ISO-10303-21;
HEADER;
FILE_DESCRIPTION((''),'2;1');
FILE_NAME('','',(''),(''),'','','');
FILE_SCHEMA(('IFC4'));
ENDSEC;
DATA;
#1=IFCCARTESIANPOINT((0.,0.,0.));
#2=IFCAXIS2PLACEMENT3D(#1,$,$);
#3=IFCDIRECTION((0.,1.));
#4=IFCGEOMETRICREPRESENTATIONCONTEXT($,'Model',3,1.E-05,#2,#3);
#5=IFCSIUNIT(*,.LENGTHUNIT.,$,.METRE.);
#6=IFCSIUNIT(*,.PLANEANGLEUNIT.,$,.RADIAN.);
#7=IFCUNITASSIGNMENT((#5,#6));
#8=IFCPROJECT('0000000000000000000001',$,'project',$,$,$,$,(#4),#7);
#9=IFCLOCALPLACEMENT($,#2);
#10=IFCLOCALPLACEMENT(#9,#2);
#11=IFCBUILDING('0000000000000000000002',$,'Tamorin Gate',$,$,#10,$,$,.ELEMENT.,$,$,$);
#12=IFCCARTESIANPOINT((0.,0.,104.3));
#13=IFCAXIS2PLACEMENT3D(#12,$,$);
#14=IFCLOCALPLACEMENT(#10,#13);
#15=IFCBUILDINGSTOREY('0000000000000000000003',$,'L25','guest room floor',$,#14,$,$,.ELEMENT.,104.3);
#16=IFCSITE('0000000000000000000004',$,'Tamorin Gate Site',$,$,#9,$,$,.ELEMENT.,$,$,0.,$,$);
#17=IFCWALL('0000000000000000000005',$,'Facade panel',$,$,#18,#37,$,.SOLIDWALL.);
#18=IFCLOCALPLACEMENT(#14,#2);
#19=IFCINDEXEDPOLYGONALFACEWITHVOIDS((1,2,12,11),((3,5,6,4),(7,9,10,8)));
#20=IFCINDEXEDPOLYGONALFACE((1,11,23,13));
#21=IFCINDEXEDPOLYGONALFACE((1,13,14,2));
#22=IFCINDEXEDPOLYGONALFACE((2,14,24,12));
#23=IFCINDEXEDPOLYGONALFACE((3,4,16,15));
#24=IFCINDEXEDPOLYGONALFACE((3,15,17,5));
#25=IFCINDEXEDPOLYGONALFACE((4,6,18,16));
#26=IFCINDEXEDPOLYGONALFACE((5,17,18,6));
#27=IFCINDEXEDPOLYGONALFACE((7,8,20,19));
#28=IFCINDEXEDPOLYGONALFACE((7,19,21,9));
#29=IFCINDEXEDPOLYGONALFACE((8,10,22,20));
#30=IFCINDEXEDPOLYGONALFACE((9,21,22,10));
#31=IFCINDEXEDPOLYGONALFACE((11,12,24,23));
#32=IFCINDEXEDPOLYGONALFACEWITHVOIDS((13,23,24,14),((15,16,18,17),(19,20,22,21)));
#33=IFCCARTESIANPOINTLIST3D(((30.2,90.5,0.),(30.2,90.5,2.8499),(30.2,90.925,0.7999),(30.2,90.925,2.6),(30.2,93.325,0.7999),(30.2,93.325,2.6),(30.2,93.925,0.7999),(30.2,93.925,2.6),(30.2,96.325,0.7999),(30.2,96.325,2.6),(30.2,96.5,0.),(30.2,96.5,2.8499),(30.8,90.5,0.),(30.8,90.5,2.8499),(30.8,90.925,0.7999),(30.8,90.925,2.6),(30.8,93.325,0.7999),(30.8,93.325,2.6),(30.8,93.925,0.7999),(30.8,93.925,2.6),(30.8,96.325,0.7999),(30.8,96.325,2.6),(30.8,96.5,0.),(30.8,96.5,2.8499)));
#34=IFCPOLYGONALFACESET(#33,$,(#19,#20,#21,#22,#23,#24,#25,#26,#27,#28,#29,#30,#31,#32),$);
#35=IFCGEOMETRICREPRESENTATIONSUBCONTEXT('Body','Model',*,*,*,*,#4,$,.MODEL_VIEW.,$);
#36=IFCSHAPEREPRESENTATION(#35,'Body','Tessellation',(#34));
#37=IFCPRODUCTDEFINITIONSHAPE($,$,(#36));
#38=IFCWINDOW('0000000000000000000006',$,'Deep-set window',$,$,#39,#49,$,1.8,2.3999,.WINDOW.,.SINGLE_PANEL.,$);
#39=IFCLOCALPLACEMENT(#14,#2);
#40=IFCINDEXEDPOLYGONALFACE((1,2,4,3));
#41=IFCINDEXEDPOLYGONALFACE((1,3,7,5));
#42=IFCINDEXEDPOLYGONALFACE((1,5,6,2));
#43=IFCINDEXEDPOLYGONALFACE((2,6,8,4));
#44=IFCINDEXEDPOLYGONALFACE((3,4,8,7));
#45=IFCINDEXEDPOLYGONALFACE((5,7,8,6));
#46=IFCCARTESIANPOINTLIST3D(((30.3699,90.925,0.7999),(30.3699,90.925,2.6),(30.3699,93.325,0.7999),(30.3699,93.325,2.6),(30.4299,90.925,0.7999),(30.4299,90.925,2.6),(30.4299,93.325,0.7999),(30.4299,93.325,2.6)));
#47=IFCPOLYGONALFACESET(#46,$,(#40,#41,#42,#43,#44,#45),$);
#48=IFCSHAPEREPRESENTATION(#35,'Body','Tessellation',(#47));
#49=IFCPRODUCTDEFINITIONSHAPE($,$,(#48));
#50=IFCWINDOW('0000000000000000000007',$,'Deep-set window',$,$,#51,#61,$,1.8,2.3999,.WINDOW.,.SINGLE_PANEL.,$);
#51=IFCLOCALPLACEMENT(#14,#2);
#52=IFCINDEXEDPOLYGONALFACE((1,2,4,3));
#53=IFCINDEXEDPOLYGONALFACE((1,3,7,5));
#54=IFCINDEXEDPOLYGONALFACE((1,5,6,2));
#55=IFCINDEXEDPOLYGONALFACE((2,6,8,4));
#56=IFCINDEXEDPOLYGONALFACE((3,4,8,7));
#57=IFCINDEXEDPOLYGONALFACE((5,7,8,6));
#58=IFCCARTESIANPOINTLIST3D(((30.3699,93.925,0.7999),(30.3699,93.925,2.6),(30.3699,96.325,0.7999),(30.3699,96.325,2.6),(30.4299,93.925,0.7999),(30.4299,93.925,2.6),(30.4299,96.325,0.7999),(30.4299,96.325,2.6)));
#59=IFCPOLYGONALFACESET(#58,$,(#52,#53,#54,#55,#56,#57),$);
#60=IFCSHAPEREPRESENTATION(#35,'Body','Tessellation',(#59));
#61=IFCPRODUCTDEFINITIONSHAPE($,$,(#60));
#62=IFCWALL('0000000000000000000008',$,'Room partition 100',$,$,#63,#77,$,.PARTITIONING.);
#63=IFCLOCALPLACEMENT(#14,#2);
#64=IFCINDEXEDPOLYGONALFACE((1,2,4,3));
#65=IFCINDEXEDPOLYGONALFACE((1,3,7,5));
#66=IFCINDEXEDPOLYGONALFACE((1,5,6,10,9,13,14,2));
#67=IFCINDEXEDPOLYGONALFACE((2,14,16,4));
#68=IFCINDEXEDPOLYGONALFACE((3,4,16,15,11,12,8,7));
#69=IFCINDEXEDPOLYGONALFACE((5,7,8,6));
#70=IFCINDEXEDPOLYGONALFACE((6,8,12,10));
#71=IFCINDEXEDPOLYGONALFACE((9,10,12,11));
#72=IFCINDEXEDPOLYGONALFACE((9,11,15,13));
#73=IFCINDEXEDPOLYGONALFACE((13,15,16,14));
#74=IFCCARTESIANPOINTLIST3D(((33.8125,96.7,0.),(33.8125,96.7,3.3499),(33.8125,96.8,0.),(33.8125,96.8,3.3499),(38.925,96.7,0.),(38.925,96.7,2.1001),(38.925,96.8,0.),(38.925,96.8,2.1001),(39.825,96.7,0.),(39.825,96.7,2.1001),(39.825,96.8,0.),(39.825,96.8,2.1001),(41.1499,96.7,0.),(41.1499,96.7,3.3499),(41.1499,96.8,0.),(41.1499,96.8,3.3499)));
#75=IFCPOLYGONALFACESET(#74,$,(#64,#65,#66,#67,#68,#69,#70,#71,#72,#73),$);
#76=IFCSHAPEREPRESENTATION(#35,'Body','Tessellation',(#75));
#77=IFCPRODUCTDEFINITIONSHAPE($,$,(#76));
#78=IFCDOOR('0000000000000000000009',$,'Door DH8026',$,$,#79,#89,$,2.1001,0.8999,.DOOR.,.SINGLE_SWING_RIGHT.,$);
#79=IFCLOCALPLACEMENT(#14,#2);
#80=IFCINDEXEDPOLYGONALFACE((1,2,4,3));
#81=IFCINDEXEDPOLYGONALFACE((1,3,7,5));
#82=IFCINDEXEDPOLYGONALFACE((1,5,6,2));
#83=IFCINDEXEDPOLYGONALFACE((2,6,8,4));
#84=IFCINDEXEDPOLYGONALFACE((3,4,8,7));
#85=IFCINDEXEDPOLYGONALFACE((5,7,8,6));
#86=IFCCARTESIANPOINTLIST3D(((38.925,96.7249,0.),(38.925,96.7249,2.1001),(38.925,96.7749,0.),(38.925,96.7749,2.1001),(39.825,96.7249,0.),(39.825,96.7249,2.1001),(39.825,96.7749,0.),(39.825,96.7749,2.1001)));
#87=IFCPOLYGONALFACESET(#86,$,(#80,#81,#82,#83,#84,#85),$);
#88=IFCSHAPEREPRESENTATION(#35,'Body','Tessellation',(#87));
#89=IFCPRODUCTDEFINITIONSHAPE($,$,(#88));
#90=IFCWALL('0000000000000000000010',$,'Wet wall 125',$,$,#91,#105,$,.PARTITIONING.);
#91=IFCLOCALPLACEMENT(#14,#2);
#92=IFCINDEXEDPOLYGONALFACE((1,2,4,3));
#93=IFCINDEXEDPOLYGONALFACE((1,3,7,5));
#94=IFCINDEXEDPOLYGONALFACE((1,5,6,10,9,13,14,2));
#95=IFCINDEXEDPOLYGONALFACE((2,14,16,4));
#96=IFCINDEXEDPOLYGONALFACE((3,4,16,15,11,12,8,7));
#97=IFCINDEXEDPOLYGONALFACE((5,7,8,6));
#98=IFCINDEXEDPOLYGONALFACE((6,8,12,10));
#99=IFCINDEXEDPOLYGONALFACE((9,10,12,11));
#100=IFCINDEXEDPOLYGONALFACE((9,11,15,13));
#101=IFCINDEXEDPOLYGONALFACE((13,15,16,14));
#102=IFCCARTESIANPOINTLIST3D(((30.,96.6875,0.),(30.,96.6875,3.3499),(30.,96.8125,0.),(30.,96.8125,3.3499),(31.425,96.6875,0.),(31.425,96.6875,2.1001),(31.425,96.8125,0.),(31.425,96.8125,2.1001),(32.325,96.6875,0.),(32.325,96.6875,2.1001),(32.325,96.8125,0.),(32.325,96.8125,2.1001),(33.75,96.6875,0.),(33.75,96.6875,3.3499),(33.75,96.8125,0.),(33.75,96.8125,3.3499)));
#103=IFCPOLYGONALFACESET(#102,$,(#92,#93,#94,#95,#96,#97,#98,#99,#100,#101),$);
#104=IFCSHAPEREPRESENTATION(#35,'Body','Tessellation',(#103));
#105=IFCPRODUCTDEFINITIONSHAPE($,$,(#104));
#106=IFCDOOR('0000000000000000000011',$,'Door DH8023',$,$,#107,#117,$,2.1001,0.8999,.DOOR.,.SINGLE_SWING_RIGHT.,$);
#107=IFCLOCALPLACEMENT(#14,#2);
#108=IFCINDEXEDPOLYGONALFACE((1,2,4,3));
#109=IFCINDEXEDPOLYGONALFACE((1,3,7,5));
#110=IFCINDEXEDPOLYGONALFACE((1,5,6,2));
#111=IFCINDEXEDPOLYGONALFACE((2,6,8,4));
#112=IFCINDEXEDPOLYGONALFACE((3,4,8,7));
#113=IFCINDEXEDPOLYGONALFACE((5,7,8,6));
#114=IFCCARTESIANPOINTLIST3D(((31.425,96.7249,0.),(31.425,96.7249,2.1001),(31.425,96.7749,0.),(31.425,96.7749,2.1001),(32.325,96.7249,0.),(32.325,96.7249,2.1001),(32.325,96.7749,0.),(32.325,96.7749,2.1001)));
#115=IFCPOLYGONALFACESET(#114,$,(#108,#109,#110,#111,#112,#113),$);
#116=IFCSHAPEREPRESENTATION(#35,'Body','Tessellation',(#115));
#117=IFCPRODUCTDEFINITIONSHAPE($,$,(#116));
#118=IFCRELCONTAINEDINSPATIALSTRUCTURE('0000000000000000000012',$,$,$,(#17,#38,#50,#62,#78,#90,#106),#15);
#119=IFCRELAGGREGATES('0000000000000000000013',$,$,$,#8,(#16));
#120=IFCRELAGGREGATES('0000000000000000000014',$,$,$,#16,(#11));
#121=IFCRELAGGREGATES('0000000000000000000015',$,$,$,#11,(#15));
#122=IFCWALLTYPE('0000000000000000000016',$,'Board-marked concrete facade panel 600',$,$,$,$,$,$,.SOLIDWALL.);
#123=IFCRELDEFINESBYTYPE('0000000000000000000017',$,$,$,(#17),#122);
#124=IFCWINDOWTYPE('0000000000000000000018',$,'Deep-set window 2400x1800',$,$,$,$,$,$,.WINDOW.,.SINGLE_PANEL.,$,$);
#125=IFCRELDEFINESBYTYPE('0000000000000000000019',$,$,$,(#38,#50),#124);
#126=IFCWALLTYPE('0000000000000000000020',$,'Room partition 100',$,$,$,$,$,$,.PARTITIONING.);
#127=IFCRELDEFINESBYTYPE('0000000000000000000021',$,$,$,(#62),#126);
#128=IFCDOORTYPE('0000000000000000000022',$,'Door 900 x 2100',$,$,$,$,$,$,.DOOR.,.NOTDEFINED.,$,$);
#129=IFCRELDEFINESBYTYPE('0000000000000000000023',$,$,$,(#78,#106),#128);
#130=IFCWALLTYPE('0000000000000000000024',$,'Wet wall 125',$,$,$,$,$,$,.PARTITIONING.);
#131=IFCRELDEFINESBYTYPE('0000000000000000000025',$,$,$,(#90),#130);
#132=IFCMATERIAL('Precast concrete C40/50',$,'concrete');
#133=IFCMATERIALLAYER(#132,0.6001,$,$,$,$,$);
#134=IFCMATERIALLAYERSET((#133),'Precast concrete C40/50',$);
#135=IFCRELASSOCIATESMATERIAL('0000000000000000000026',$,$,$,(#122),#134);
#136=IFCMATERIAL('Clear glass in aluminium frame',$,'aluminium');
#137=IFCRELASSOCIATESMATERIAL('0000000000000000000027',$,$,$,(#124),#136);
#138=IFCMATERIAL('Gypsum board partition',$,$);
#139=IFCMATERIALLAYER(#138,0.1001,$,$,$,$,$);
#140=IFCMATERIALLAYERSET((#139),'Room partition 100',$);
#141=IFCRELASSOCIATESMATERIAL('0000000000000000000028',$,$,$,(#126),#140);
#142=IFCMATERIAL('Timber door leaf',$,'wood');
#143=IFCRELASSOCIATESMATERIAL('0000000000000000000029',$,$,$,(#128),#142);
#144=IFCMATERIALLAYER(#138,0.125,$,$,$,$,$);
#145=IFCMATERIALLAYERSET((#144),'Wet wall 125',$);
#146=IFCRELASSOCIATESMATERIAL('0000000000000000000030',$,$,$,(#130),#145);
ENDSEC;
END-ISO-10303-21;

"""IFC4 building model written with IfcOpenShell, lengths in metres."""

from ifc_helpers import new_model, si_unit, direction, frame, frame_2d, origin, place, context, subcontext, project, spatial, rectangle, extrude, material, layer, layer_set, type_object, element, fill, save


model = new_model("IFC4")

# Units and contexts
model_context = context("Model", 3, precision=1e-05, world=origin(), true_north=direction((0.0, 1.0)))
body_context = subcontext(model_context, "Body", "Model", "MODEL_VIEW")
ifc_project = project(units=[si_unit("LENGTHUNIT", "METRE"), si_unit("PLANEANGLEUNIT", "RADIAN")], contexts=[model_context])

# Site, building, storey
site_placement = place(None, origin())
site = spatial("IfcSite", under=ifc_project, at=site_placement, Name="Tamorin Gate Site", CompositionType="ELEMENT", RefElevation=0.0)
building_placement = place(site_placement, origin())
building = spatial("IfcBuilding", under=site, at=building_placement, Name="Tamorin Gate", CompositionType="ELEMENT")
storey_placement = place(building_placement, frame((0.0, 0.0, 104.3)))
storey = spatial("IfcBuildingStorey", under=building, at=storey_placement, Name="L25", Description="guest room floor", CompositionType="ELEMENT", Elevation=104.3)

# Shared definitions
ifc_material_1 = material(Name="Precast concrete C40/50", Category="concrete")
ifc_layer_1 = layer(ifc_material_1, 0.6001)
ifc_layer_set_1 = layer_set([ifc_layer_1], Name="Precast concrete C40/50")
wall_type_1 = type_object("IfcWallType", Name="Board-marked concrete facade panel 600", PredefinedType="SOLIDWALL", material=ifc_layer_set_1)
ifc_material_2 = material(Name="Clear glass in aluminium frame", Category="aluminium")
window_type = type_object("IfcWindowType", Name="Deep-set window 2400x1800", PartitioningType="SINGLE_PANEL", PredefinedType="WINDOW", material=ifc_material_2)

# Wall, openings, windows
wall_1_placement = place(storey_placement, frame((30.5, 96.5, 0.0), z_axis=(0.0, 0.0, 1.0), x_axis=(0.0, -1.0, 0.0)))
wall_1 = element("IfcWall", 1, at=wall_1_placement, inside=storey, type_object=wall_type_1, Name="Facade panel", PredefinedType="SOLIDWALL", context=body_context, shape_type="SweptSolid", body=[
    extrude(rectangle(XDim=6.0, YDim=0.6001, at=frame_2d((3.0, 0.0))), origin(), (0.0, 0.0, 1.0), 2.8499),
])
opening_1_placement = place(wall_1_placement, frame((3.175, 0.0, 0.8)))
opening_1 = element("IfcOpeningElement", 2, at=opening_1_placement, cuts=wall_1, PredefinedType="OPENING", context=body_context, shape_type="SweptSolid", body=[
    extrude(rectangle(XDim=2.3999, YDim=1.8, at=frame_2d((1.2, 0.8999))), frame((0.0, 0.3101, 0.0), z_axis=(0.0, -1.0, 0.0), x_axis=(1.0, 0.0, 0.0)), (0.0, 0.0, 1.0), 0.6201),
])
opening_2_placement = place(wall_1_placement, frame((0.175, 0.0, 0.8)))
opening_2 = element("IfcOpeningElement", 3, at=opening_2_placement, cuts=wall_1, PredefinedType="OPENING", context=body_context, shape_type="SweptSolid", body=[
    extrude(rectangle(XDim=2.3999, YDim=1.8, at=frame_2d((1.2, 0.8999))), frame((0.0, 0.3101, 0.0), z_axis=(0.0, -1.0, 0.0), x_axis=(1.0, 0.0, 0.0)), (0.0, 0.0, 1.0), 0.6201),
])
window_1_placement = place(opening_1_placement, origin())
window_1 = element("IfcWindow", 4, at=window_1_placement, inside=storey, type_object=window_type, Name="Deep-set window", OverallHeight=1.8, OverallWidth=2.3999, PartitioningType="SINGLE_PANEL", PredefinedType="WINDOW", context=body_context, shape_type="SweptSolid", body=[
    extrude(rectangle(XDim=2.3999, YDim=1.8, at=frame_2d((1.2, 0.8999))), frame((0.0, -0.0701, 0.0), z_axis=(0.0, -1.0, 0.0), x_axis=(1.0, 0.0, 0.0)), (0.0, 0.0, 1.0), 0.0601),
])
fill(opening_1, window_1)
window_2_placement = place(opening_2_placement, origin())
window_2 = element("IfcWindow", 5, at=window_2_placement, inside=storey, type_object=window_type, Name="Deep-set window", OverallHeight=1.8, OverallWidth=2.3999, PartitioningType="SINGLE_PANEL", PredefinedType="WINDOW", context=body_context, shape_type="SweptSolid", body=[
    extrude(rectangle(XDim=2.3999, YDim=1.8, at=frame_2d((1.2, 0.8999))), frame((0.0, -0.0701, 0.0), z_axis=(0.0, -1.0, 0.0), x_axis=(1.0, 0.0, 0.0)), (0.0, 0.0, 1.0), 0.0601),
])
fill(opening_2, window_2)

# Walls, openings, doors
ifc_material_3 = material(Name="Gypsum board partition")
ifc_layer_2 = layer(ifc_material_3, 0.1001)
ifc_layer_set_2 = layer_set([ifc_layer_2], Name="Room partition 100")
wall_type_2 = type_object("IfcWallType", Name="Room partition 100", PredefinedType="PARTITIONING", material=ifc_layer_set_2)
wall_2_placement = place(storey_placement, frame((33.8125, 96.75, 0.0), z_axis=(0.0, 0.0, 1.0), x_axis=(1.0, 0.0, 0.0)))
wall_2 = element("IfcWall", 6, at=wall_2_placement, inside=storey, type_object=wall_type_2, Name="Room partition 100", PredefinedType="PARTITIONING", context=body_context, shape_type="SweptSolid", body=[
    extrude(rectangle(XDim=7.3374, YDim=0.1001, at=frame_2d((3.6687, 0.0))), origin(), (0.0, 0.0, 1.0), 3.3499),
])
opening_3_placement = place(wall_2_placement, frame((5.1125, 0.0, 0.0)))
opening_3 = element("IfcOpeningElement", 7, at=opening_3_placement, cuts=wall_2, PredefinedType="OPENING", context=body_context, shape_type="SweptSolid", body=[
    extrude(rectangle(XDim=0.8999, YDim=2.1001, at=frame_2d((0.45, 1.05))), frame((0.0, 0.0601, 0.0), z_axis=(0.0, -1.0, 0.0), x_axis=(1.0, 0.0, 0.0)), (0.0, 0.0, 1.0), 0.1201),
])
ifc_material_4 = material(Name="Timber door leaf", Category="wood")
door_type = type_object("IfcDoorType", Name="Door 900 x 2100", OperationType="NOTDEFINED", PredefinedType="DOOR", material=ifc_material_4)
door_1_placement = place(opening_3_placement, origin())
door_1 = element("IfcDoor", 8, at=door_1_placement, inside=storey, type_object=door_type, Name="Door DH8026", OperationType="SINGLE_SWING_RIGHT", OverallHeight=2.1001, OverallWidth=0.8999, PredefinedType="DOOR", context=body_context, shape_type="SweptSolid", body=[
    extrude(rectangle(XDim=0.8999, YDim=2.1001, at=frame_2d((0.45, 1.05))), frame((0.0, 0.0249, 0.0), z_axis=(0.0, -1.0, 0.0), x_axis=(1.0, 0.0, 0.0)), (0.0, 0.0, 1.0), 0.05),
])
fill(opening_3, door_1)
ifc_layer_3 = layer(ifc_material_3, 0.125)
ifc_layer_set_3 = layer_set([ifc_layer_3], Name="Wet wall 125")
wall_type_3 = type_object("IfcWallType", Name="Wet wall 125", PredefinedType="PARTITIONING", material=ifc_layer_set_3)
wall_3_placement = place(storey_placement, frame((30.0, 96.75, 0.0), z_axis=(0.0, 0.0, 1.0), x_axis=(1.0, 0.0, 0.0)))
wall_3 = element("IfcWall", 9, at=wall_3_placement, inside=storey, type_object=wall_type_3, Name="Wet wall 125", PredefinedType="PARTITIONING", context=body_context, shape_type="SweptSolid", body=[
    extrude(rectangle(XDim=3.75, YDim=0.125, at=frame_2d((1.875, 0.0))), origin(), (0.0, 0.0, 1.0), 3.3499),
])
opening_4_placement = place(wall_3_placement, frame((1.425, 0.0, 0.0)))
opening_4 = element("IfcOpeningElement", 10, at=opening_4_placement, cuts=wall_3, PredefinedType="OPENING", context=body_context, shape_type="SweptSolid", body=[
    extrude(rectangle(XDim=0.8999, YDim=2.1001, at=frame_2d((0.45, 1.05))), frame((0.0, 0.0725, 0.0), z_axis=(0.0, -1.0, 0.0), x_axis=(1.0, 0.0, 0.0)), (0.0, 0.0, 1.0), 0.145),
])
door_2_placement = place(opening_4_placement, origin())
door_2 = element("IfcDoor", 11, at=door_2_placement, inside=storey, type_object=door_type, Name="Door DH8023", OperationType="SINGLE_SWING_RIGHT", OverallHeight=2.1001, OverallWidth=0.8999, PredefinedType="DOOR", context=body_context, shape_type="SweptSolid", body=[
    extrude(rectangle(XDim=0.8999, YDim=2.1001, at=frame_2d((0.45, 1.05))), frame((0.0, 0.0249, 0.0), z_axis=(0.0, -1.0, 0.0), x_axis=(1.0, 0.0, 0.0)), (0.0, 0.0, 1.0), 0.05),
])
fill(opening_4, door_2)

save(model, "model.ifc")
